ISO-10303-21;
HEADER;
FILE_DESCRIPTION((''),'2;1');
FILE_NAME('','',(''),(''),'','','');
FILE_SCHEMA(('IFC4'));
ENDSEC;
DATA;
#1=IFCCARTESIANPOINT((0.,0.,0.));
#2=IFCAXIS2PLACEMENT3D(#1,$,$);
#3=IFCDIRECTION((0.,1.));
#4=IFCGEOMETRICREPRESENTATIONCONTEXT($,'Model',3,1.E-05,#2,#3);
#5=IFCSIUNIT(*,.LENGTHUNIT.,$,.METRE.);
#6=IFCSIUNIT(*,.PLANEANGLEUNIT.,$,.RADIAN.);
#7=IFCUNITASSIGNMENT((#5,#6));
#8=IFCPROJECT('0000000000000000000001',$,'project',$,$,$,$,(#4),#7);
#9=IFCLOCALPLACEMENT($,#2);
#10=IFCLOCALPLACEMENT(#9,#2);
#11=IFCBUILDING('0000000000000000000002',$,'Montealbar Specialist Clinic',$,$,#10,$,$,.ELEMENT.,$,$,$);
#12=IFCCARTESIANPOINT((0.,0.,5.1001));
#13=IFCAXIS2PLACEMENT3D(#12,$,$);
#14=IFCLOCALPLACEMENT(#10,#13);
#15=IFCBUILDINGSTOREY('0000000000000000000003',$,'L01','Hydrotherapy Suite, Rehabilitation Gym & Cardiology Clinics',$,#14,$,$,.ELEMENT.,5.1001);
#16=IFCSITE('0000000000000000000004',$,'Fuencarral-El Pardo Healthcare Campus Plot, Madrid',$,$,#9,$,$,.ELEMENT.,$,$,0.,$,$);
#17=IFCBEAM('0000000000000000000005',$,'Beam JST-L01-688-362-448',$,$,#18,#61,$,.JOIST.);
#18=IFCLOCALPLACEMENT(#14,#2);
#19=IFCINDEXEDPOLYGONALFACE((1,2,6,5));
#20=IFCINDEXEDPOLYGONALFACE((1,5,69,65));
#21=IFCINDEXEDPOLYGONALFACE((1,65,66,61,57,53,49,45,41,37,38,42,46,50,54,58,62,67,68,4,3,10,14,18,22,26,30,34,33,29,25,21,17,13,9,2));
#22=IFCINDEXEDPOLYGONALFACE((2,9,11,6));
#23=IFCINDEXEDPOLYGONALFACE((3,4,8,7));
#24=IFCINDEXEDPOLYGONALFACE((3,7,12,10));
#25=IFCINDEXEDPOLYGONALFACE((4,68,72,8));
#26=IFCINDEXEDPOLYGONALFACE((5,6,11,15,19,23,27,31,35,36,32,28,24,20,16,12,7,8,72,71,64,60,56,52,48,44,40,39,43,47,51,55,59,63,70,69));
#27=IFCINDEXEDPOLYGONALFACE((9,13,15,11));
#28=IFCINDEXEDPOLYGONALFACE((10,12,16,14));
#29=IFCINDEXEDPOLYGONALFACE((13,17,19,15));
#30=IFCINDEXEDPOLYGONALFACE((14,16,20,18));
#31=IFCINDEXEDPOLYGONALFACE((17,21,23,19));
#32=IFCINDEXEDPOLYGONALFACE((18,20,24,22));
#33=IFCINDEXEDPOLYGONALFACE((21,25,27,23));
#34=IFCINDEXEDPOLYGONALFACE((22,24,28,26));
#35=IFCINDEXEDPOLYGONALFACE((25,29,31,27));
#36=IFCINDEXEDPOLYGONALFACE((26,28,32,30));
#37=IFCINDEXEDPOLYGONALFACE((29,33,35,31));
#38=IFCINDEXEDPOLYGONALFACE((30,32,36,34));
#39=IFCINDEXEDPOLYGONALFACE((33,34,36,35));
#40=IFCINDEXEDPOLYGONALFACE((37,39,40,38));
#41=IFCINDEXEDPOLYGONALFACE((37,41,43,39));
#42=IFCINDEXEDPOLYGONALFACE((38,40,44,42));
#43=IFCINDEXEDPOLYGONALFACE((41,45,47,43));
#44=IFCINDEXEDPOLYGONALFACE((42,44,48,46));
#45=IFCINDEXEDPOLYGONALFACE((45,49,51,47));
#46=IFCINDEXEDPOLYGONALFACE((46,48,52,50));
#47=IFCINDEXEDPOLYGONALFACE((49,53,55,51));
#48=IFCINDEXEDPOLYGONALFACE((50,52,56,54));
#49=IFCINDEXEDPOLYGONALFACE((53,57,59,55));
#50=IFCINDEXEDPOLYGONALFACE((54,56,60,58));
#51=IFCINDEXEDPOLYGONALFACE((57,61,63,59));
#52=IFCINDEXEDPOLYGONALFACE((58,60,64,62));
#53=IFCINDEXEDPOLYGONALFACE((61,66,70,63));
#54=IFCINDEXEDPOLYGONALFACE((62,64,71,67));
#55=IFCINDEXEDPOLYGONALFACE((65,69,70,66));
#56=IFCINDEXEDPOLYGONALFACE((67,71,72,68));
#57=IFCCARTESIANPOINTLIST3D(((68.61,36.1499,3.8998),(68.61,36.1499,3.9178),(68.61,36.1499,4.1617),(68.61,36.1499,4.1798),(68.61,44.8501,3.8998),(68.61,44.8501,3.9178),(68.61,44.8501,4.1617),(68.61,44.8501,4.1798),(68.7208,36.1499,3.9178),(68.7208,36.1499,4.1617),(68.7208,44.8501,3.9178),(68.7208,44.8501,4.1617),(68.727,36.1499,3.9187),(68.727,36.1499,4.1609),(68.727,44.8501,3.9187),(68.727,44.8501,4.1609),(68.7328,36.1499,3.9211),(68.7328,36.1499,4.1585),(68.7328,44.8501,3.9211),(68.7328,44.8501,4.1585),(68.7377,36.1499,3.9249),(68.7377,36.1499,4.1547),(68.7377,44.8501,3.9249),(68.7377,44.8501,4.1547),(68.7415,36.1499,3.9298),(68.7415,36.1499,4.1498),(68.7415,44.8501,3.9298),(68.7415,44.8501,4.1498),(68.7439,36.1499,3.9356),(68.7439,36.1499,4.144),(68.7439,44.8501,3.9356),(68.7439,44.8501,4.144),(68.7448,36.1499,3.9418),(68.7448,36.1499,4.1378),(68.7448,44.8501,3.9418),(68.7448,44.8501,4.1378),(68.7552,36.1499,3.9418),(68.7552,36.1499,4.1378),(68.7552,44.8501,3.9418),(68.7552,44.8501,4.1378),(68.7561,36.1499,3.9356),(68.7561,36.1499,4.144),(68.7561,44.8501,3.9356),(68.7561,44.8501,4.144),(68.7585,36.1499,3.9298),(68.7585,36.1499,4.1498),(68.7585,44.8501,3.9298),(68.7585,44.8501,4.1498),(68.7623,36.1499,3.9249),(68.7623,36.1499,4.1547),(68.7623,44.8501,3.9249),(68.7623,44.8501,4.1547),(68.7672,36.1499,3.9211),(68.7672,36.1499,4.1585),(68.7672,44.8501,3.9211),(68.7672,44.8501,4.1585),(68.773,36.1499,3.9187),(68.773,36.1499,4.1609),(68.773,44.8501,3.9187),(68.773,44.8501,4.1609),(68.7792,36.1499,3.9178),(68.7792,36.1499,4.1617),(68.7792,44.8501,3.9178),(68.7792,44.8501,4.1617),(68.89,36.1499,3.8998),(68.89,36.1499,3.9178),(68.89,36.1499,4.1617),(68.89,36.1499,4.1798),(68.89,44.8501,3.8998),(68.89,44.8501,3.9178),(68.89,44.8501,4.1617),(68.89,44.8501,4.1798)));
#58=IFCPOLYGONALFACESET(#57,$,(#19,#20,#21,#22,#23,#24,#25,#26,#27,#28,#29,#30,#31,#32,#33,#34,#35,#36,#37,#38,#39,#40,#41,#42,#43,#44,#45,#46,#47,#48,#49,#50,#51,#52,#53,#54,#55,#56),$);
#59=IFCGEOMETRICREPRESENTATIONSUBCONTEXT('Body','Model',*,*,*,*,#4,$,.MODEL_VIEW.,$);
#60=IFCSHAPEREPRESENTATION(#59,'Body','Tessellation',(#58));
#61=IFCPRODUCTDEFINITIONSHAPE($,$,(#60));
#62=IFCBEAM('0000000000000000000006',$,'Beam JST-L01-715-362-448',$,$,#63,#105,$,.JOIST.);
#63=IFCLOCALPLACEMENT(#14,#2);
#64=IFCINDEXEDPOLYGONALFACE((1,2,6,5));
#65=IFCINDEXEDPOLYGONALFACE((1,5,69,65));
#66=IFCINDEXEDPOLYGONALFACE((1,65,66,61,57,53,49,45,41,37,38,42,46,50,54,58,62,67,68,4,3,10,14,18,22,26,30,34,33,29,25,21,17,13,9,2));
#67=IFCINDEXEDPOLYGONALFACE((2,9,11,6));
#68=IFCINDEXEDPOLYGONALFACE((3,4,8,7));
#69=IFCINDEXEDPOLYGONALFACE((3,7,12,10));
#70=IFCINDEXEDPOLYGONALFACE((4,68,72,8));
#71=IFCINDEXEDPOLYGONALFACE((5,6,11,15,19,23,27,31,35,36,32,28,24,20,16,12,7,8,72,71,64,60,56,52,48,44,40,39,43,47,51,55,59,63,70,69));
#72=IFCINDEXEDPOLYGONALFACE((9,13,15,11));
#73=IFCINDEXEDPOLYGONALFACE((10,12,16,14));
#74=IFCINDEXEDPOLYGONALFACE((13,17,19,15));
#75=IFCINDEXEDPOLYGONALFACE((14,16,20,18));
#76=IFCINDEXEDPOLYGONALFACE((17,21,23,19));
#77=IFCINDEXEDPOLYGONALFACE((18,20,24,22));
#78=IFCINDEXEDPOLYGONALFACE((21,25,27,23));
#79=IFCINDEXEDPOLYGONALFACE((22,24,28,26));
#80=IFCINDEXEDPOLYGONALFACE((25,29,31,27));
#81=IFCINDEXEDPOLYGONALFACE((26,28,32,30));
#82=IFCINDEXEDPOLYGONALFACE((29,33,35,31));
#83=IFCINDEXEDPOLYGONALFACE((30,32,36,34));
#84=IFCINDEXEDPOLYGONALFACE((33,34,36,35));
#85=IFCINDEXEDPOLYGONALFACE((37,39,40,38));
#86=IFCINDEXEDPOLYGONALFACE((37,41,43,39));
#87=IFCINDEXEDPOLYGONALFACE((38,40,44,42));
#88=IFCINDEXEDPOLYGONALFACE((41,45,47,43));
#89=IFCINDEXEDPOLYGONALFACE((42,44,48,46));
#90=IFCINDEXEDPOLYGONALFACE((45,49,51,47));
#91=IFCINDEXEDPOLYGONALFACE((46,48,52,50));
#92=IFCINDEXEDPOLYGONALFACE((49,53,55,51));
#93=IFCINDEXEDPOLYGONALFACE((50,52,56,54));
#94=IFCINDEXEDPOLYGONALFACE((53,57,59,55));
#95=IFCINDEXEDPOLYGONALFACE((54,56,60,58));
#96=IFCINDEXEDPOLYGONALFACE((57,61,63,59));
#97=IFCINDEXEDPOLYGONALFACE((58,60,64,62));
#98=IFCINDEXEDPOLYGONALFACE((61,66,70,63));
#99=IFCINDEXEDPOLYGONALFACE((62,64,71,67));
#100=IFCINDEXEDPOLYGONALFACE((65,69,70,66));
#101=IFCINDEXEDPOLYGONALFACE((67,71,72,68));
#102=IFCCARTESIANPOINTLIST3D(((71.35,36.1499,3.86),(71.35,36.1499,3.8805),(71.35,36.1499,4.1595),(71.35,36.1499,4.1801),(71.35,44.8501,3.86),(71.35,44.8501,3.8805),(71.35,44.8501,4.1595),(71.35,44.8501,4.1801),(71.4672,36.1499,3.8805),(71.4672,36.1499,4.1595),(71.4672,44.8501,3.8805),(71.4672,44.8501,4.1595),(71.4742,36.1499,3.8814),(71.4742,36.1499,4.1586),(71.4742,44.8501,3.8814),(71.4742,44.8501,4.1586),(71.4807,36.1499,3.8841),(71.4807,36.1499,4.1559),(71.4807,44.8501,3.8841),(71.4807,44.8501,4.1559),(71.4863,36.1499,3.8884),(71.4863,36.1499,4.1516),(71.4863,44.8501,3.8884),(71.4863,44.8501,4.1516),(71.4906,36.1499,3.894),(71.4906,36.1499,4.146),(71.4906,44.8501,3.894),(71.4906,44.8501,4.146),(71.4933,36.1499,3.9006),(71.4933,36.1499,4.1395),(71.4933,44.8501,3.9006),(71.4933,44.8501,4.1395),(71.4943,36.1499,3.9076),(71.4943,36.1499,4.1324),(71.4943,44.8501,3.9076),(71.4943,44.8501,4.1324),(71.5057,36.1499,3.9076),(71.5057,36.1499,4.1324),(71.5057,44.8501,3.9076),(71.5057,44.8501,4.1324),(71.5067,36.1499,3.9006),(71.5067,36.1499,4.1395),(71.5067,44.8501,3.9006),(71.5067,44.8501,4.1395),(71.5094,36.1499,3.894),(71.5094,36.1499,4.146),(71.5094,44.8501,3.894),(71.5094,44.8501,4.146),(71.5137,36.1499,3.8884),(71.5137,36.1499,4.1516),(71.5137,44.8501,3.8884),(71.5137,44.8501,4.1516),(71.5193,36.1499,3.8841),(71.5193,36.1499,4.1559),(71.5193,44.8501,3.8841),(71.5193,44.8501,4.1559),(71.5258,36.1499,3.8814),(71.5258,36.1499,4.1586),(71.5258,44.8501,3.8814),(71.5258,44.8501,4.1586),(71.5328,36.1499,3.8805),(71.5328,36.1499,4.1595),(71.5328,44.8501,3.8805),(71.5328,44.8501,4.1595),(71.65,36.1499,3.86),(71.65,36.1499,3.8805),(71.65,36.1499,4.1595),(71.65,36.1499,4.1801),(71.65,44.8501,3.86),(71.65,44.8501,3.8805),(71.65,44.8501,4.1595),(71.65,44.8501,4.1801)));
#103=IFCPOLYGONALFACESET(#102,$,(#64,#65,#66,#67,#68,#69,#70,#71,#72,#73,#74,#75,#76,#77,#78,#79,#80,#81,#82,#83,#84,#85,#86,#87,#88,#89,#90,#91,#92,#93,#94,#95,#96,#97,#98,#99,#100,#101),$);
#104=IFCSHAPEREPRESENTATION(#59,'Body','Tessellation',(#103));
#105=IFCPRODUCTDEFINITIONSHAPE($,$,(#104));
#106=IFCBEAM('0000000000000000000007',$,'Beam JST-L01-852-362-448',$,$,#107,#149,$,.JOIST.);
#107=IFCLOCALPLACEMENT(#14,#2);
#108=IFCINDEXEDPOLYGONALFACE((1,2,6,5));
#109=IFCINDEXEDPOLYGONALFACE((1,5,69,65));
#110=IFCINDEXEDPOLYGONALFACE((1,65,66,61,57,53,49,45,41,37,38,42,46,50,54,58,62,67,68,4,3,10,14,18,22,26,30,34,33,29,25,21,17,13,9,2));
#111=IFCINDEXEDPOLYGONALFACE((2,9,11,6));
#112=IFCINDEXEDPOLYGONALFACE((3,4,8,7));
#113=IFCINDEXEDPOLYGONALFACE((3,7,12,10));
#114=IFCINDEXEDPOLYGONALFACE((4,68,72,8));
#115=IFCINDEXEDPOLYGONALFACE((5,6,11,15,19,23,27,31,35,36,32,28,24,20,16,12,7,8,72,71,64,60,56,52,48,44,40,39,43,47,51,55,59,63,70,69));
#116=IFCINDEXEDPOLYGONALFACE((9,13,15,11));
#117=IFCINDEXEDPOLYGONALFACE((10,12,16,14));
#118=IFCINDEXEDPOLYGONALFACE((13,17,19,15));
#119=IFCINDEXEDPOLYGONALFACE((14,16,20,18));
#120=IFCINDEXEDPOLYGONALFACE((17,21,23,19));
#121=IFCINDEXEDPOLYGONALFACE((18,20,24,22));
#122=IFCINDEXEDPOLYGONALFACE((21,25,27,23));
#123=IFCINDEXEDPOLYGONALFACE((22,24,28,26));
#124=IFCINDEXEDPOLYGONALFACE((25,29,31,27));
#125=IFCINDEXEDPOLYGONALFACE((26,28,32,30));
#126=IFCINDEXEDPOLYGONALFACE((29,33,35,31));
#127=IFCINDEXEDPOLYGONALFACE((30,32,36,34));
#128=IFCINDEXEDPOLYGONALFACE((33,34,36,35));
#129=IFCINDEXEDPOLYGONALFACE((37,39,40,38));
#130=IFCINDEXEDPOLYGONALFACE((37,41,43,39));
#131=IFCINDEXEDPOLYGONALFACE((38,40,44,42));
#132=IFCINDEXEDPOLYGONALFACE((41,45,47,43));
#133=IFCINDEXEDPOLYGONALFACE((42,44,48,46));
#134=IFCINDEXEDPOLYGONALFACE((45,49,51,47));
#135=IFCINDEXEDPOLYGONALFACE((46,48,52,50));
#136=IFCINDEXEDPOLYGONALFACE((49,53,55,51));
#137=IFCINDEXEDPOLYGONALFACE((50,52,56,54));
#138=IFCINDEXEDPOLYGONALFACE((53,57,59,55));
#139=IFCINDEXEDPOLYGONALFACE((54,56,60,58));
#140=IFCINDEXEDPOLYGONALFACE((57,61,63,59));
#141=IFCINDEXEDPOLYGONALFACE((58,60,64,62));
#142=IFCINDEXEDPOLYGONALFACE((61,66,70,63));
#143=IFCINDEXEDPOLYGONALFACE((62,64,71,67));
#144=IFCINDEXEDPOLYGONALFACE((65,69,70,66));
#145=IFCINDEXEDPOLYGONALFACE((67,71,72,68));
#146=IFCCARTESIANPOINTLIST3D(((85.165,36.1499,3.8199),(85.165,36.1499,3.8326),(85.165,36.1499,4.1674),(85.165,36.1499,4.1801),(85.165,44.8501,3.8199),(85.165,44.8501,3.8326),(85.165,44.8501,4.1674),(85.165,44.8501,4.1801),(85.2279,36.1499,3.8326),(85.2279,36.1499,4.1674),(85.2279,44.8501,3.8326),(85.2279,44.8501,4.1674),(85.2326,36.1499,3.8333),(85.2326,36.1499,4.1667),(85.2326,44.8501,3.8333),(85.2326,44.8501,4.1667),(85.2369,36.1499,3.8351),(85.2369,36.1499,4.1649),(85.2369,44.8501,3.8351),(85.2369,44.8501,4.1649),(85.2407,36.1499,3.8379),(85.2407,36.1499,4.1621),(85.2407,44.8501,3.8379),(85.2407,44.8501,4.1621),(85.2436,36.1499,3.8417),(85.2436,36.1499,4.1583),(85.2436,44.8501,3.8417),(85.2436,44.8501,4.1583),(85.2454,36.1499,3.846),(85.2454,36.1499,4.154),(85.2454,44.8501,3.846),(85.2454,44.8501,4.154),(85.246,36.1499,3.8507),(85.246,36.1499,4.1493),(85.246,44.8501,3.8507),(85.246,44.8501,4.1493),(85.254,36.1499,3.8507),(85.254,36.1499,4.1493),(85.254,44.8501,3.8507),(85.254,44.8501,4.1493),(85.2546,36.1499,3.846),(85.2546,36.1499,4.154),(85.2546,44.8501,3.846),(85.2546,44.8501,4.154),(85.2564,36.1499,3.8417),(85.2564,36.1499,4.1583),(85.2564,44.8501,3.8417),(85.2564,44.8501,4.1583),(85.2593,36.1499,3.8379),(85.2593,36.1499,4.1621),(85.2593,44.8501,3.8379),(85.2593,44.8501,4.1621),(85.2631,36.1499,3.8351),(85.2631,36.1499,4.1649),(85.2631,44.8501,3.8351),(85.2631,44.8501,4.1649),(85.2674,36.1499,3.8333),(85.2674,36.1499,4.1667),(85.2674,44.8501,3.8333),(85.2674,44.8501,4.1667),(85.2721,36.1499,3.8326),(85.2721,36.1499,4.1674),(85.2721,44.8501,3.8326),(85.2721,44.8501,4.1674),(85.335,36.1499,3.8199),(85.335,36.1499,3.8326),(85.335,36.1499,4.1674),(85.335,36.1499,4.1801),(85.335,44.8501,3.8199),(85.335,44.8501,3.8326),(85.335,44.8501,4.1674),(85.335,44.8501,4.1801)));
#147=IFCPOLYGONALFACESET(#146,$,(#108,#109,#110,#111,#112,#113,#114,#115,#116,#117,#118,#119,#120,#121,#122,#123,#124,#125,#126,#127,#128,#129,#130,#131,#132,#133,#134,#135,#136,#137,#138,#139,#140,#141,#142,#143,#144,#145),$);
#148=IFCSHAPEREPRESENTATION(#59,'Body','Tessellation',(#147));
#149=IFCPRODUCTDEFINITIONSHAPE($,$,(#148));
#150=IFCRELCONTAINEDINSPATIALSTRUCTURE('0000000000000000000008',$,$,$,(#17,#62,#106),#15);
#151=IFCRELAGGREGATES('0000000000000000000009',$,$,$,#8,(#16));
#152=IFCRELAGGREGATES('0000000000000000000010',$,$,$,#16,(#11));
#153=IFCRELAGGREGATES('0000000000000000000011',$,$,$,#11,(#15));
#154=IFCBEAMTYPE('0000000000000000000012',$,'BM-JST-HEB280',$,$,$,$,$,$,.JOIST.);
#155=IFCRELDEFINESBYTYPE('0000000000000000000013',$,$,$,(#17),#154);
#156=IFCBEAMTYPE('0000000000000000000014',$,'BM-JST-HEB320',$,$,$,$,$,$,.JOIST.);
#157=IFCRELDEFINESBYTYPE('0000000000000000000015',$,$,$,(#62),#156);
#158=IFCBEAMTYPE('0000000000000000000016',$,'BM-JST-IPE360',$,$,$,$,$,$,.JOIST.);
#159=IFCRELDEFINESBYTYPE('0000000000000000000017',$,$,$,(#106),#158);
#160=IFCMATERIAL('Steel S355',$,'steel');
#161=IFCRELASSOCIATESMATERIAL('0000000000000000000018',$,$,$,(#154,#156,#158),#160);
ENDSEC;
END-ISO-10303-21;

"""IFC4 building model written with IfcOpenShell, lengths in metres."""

from ifc_helpers import new_model, si_unit, direction, frame, origin, origin_2d, place, context, subcontext, project, spatial, i_section, extrude, material, material_profile, profile_set, type_object, element, save


model = new_model("IFC4")

# Units and contexts
model_context = context("Model", 3, precision=1e-05, world=origin(), true_north=direction((0.0, 1.0)))
body_context = subcontext(model_context, "Body", "Model", "MODEL_VIEW")
ifc_project = project(units=[si_unit("LENGTHUNIT", "METRE"), si_unit("PLANEANGLEUNIT", "RADIAN")], contexts=[model_context])

# Site, building, storey
site_placement = place(None, origin())
site = spatial("IfcSite", under=ifc_project, at=site_placement, Name="Fuencarral-El Pardo Healthcare Campus Plot, Madrid", CompositionType="ELEMENT", RefElevation=0.0)
building_placement = place(site_placement, origin())
building = spatial("IfcBuilding", under=site, at=building_placement, Name="Montealbar Specialist Clinic", CompositionType="ELEMENT")
storey_placement = place(building_placement, frame((0.0, 0.0, 5.1001)))
storey = spatial("IfcBuildingStorey", under=building, at=storey_placement, Name="L01", Description="Hydrotherapy Suite, Rehabilitation Gym & Cardiology Clinics", CompositionType="ELEMENT", Elevation=5.1001)

# Shared definitions
ifc_material_1 = material(Name="Steel S355", Category="steel")

# Beams
ifc_material_profile_1 = material_profile(ifc_material_1, i_section(OverallWidth=0.28, OverallDepth=0.28, WebThickness=0.0105, FlangeThickness=0.0181, FilletRadius=0.0239, at=origin_2d()), Name="HEB 280", Category="steel")
ifc_profile_set_1 = profile_set([ifc_material_profile_1], Name="Steel S355")
beam_type_1 = type_object("IfcBeamType", Name="BM-JST-HEB280", PredefinedType="JOIST", material=ifc_profile_set_1)
beam_1_placement = place(storey_placement, frame((68.75, 36.1499, 4.0398), z_axis=(0.0, 1.0, 0.0), x_axis=(-1.0, 0.0, 0.0)))
element("IfcBeam", 1, at=beam_1_placement, inside=storey, type_object=beam_type_1, Name="Beam JST-L01-688-362-448", PredefinedType="JOIST", context=body_context, shape_type="SweptSolid", body=[
    extrude(i_section(OverallWidth=0.28, OverallDepth=0.28, WebThickness=0.0105, FlangeThickness=0.0181, FilletRadius=0.0239, at=origin_2d()), origin(), (0.0, 0.0, 1.0), 8.7002),
])
ifc_material_profile_2 = material_profile(ifc_material_1, i_section(OverallWidth=0.3, OverallDepth=0.3201, WebThickness=0.0115, FlangeThickness=0.0205, FilletRadius=0.0271, at=origin_2d()), Name="HEB 320", Category="steel")
ifc_profile_set_2 = profile_set([ifc_material_profile_2], Name="Steel S355")
beam_type_2 = type_object("IfcBeamType", Name="BM-JST-HEB320", PredefinedType="JOIST", material=ifc_profile_set_2)
beam_2_placement = place(storey_placement, frame((71.5, 36.1499, 4.02), z_axis=(0.0, 1.0, 0.0), x_axis=(-1.0, 0.0, 0.0)))
element("IfcBeam", 2, at=beam_2_placement, inside=storey, type_object=beam_type_2, Name="Beam JST-L01-715-362-448", PredefinedType="JOIST", context=body_context, shape_type="SweptSolid", body=[
    extrude(i_section(OverallWidth=0.3, OverallDepth=0.3201, WebThickness=0.0115, FlangeThickness=0.0205, FilletRadius=0.0271, at=origin_2d()), origin(), (0.0, 0.0, 1.0), 8.7002),
])
ifc_material_profile_3 = material_profile(ifc_material_1, i_section(OverallWidth=0.1699, OverallDepth=0.3601, WebThickness=0.0081, FlangeThickness=0.0127, FilletRadius=0.0181, at=origin_2d()), Name="IPE 360", Category="steel")
ifc_profile_set_3 = profile_set([ifc_material_profile_3], Name="Steel S355")
beam_type_3 = type_object("IfcBeamType", Name="BM-JST-IPE360", PredefinedType="JOIST", material=ifc_profile_set_3)
beam_3_placement = place(storey_placement, frame((85.25, 36.1499, 4.0), z_axis=(0.0, 1.0, 0.0), x_axis=(-1.0, 0.0, 0.0)))
element("IfcBeam", 3, at=beam_3_placement, inside=storey, type_object=beam_type_3, Name="Beam JST-L01-852-362-448", PredefinedType="JOIST", context=body_context, shape_type="SweptSolid", body=[
    extrude(i_section(OverallWidth=0.1699, OverallDepth=0.3601, WebThickness=0.0081, FlangeThickness=0.0127, FilletRadius=0.0181, at=origin_2d()), origin(), (0.0, 0.0, 1.0), 8.7002),
])

save(model, "model.ifc")
